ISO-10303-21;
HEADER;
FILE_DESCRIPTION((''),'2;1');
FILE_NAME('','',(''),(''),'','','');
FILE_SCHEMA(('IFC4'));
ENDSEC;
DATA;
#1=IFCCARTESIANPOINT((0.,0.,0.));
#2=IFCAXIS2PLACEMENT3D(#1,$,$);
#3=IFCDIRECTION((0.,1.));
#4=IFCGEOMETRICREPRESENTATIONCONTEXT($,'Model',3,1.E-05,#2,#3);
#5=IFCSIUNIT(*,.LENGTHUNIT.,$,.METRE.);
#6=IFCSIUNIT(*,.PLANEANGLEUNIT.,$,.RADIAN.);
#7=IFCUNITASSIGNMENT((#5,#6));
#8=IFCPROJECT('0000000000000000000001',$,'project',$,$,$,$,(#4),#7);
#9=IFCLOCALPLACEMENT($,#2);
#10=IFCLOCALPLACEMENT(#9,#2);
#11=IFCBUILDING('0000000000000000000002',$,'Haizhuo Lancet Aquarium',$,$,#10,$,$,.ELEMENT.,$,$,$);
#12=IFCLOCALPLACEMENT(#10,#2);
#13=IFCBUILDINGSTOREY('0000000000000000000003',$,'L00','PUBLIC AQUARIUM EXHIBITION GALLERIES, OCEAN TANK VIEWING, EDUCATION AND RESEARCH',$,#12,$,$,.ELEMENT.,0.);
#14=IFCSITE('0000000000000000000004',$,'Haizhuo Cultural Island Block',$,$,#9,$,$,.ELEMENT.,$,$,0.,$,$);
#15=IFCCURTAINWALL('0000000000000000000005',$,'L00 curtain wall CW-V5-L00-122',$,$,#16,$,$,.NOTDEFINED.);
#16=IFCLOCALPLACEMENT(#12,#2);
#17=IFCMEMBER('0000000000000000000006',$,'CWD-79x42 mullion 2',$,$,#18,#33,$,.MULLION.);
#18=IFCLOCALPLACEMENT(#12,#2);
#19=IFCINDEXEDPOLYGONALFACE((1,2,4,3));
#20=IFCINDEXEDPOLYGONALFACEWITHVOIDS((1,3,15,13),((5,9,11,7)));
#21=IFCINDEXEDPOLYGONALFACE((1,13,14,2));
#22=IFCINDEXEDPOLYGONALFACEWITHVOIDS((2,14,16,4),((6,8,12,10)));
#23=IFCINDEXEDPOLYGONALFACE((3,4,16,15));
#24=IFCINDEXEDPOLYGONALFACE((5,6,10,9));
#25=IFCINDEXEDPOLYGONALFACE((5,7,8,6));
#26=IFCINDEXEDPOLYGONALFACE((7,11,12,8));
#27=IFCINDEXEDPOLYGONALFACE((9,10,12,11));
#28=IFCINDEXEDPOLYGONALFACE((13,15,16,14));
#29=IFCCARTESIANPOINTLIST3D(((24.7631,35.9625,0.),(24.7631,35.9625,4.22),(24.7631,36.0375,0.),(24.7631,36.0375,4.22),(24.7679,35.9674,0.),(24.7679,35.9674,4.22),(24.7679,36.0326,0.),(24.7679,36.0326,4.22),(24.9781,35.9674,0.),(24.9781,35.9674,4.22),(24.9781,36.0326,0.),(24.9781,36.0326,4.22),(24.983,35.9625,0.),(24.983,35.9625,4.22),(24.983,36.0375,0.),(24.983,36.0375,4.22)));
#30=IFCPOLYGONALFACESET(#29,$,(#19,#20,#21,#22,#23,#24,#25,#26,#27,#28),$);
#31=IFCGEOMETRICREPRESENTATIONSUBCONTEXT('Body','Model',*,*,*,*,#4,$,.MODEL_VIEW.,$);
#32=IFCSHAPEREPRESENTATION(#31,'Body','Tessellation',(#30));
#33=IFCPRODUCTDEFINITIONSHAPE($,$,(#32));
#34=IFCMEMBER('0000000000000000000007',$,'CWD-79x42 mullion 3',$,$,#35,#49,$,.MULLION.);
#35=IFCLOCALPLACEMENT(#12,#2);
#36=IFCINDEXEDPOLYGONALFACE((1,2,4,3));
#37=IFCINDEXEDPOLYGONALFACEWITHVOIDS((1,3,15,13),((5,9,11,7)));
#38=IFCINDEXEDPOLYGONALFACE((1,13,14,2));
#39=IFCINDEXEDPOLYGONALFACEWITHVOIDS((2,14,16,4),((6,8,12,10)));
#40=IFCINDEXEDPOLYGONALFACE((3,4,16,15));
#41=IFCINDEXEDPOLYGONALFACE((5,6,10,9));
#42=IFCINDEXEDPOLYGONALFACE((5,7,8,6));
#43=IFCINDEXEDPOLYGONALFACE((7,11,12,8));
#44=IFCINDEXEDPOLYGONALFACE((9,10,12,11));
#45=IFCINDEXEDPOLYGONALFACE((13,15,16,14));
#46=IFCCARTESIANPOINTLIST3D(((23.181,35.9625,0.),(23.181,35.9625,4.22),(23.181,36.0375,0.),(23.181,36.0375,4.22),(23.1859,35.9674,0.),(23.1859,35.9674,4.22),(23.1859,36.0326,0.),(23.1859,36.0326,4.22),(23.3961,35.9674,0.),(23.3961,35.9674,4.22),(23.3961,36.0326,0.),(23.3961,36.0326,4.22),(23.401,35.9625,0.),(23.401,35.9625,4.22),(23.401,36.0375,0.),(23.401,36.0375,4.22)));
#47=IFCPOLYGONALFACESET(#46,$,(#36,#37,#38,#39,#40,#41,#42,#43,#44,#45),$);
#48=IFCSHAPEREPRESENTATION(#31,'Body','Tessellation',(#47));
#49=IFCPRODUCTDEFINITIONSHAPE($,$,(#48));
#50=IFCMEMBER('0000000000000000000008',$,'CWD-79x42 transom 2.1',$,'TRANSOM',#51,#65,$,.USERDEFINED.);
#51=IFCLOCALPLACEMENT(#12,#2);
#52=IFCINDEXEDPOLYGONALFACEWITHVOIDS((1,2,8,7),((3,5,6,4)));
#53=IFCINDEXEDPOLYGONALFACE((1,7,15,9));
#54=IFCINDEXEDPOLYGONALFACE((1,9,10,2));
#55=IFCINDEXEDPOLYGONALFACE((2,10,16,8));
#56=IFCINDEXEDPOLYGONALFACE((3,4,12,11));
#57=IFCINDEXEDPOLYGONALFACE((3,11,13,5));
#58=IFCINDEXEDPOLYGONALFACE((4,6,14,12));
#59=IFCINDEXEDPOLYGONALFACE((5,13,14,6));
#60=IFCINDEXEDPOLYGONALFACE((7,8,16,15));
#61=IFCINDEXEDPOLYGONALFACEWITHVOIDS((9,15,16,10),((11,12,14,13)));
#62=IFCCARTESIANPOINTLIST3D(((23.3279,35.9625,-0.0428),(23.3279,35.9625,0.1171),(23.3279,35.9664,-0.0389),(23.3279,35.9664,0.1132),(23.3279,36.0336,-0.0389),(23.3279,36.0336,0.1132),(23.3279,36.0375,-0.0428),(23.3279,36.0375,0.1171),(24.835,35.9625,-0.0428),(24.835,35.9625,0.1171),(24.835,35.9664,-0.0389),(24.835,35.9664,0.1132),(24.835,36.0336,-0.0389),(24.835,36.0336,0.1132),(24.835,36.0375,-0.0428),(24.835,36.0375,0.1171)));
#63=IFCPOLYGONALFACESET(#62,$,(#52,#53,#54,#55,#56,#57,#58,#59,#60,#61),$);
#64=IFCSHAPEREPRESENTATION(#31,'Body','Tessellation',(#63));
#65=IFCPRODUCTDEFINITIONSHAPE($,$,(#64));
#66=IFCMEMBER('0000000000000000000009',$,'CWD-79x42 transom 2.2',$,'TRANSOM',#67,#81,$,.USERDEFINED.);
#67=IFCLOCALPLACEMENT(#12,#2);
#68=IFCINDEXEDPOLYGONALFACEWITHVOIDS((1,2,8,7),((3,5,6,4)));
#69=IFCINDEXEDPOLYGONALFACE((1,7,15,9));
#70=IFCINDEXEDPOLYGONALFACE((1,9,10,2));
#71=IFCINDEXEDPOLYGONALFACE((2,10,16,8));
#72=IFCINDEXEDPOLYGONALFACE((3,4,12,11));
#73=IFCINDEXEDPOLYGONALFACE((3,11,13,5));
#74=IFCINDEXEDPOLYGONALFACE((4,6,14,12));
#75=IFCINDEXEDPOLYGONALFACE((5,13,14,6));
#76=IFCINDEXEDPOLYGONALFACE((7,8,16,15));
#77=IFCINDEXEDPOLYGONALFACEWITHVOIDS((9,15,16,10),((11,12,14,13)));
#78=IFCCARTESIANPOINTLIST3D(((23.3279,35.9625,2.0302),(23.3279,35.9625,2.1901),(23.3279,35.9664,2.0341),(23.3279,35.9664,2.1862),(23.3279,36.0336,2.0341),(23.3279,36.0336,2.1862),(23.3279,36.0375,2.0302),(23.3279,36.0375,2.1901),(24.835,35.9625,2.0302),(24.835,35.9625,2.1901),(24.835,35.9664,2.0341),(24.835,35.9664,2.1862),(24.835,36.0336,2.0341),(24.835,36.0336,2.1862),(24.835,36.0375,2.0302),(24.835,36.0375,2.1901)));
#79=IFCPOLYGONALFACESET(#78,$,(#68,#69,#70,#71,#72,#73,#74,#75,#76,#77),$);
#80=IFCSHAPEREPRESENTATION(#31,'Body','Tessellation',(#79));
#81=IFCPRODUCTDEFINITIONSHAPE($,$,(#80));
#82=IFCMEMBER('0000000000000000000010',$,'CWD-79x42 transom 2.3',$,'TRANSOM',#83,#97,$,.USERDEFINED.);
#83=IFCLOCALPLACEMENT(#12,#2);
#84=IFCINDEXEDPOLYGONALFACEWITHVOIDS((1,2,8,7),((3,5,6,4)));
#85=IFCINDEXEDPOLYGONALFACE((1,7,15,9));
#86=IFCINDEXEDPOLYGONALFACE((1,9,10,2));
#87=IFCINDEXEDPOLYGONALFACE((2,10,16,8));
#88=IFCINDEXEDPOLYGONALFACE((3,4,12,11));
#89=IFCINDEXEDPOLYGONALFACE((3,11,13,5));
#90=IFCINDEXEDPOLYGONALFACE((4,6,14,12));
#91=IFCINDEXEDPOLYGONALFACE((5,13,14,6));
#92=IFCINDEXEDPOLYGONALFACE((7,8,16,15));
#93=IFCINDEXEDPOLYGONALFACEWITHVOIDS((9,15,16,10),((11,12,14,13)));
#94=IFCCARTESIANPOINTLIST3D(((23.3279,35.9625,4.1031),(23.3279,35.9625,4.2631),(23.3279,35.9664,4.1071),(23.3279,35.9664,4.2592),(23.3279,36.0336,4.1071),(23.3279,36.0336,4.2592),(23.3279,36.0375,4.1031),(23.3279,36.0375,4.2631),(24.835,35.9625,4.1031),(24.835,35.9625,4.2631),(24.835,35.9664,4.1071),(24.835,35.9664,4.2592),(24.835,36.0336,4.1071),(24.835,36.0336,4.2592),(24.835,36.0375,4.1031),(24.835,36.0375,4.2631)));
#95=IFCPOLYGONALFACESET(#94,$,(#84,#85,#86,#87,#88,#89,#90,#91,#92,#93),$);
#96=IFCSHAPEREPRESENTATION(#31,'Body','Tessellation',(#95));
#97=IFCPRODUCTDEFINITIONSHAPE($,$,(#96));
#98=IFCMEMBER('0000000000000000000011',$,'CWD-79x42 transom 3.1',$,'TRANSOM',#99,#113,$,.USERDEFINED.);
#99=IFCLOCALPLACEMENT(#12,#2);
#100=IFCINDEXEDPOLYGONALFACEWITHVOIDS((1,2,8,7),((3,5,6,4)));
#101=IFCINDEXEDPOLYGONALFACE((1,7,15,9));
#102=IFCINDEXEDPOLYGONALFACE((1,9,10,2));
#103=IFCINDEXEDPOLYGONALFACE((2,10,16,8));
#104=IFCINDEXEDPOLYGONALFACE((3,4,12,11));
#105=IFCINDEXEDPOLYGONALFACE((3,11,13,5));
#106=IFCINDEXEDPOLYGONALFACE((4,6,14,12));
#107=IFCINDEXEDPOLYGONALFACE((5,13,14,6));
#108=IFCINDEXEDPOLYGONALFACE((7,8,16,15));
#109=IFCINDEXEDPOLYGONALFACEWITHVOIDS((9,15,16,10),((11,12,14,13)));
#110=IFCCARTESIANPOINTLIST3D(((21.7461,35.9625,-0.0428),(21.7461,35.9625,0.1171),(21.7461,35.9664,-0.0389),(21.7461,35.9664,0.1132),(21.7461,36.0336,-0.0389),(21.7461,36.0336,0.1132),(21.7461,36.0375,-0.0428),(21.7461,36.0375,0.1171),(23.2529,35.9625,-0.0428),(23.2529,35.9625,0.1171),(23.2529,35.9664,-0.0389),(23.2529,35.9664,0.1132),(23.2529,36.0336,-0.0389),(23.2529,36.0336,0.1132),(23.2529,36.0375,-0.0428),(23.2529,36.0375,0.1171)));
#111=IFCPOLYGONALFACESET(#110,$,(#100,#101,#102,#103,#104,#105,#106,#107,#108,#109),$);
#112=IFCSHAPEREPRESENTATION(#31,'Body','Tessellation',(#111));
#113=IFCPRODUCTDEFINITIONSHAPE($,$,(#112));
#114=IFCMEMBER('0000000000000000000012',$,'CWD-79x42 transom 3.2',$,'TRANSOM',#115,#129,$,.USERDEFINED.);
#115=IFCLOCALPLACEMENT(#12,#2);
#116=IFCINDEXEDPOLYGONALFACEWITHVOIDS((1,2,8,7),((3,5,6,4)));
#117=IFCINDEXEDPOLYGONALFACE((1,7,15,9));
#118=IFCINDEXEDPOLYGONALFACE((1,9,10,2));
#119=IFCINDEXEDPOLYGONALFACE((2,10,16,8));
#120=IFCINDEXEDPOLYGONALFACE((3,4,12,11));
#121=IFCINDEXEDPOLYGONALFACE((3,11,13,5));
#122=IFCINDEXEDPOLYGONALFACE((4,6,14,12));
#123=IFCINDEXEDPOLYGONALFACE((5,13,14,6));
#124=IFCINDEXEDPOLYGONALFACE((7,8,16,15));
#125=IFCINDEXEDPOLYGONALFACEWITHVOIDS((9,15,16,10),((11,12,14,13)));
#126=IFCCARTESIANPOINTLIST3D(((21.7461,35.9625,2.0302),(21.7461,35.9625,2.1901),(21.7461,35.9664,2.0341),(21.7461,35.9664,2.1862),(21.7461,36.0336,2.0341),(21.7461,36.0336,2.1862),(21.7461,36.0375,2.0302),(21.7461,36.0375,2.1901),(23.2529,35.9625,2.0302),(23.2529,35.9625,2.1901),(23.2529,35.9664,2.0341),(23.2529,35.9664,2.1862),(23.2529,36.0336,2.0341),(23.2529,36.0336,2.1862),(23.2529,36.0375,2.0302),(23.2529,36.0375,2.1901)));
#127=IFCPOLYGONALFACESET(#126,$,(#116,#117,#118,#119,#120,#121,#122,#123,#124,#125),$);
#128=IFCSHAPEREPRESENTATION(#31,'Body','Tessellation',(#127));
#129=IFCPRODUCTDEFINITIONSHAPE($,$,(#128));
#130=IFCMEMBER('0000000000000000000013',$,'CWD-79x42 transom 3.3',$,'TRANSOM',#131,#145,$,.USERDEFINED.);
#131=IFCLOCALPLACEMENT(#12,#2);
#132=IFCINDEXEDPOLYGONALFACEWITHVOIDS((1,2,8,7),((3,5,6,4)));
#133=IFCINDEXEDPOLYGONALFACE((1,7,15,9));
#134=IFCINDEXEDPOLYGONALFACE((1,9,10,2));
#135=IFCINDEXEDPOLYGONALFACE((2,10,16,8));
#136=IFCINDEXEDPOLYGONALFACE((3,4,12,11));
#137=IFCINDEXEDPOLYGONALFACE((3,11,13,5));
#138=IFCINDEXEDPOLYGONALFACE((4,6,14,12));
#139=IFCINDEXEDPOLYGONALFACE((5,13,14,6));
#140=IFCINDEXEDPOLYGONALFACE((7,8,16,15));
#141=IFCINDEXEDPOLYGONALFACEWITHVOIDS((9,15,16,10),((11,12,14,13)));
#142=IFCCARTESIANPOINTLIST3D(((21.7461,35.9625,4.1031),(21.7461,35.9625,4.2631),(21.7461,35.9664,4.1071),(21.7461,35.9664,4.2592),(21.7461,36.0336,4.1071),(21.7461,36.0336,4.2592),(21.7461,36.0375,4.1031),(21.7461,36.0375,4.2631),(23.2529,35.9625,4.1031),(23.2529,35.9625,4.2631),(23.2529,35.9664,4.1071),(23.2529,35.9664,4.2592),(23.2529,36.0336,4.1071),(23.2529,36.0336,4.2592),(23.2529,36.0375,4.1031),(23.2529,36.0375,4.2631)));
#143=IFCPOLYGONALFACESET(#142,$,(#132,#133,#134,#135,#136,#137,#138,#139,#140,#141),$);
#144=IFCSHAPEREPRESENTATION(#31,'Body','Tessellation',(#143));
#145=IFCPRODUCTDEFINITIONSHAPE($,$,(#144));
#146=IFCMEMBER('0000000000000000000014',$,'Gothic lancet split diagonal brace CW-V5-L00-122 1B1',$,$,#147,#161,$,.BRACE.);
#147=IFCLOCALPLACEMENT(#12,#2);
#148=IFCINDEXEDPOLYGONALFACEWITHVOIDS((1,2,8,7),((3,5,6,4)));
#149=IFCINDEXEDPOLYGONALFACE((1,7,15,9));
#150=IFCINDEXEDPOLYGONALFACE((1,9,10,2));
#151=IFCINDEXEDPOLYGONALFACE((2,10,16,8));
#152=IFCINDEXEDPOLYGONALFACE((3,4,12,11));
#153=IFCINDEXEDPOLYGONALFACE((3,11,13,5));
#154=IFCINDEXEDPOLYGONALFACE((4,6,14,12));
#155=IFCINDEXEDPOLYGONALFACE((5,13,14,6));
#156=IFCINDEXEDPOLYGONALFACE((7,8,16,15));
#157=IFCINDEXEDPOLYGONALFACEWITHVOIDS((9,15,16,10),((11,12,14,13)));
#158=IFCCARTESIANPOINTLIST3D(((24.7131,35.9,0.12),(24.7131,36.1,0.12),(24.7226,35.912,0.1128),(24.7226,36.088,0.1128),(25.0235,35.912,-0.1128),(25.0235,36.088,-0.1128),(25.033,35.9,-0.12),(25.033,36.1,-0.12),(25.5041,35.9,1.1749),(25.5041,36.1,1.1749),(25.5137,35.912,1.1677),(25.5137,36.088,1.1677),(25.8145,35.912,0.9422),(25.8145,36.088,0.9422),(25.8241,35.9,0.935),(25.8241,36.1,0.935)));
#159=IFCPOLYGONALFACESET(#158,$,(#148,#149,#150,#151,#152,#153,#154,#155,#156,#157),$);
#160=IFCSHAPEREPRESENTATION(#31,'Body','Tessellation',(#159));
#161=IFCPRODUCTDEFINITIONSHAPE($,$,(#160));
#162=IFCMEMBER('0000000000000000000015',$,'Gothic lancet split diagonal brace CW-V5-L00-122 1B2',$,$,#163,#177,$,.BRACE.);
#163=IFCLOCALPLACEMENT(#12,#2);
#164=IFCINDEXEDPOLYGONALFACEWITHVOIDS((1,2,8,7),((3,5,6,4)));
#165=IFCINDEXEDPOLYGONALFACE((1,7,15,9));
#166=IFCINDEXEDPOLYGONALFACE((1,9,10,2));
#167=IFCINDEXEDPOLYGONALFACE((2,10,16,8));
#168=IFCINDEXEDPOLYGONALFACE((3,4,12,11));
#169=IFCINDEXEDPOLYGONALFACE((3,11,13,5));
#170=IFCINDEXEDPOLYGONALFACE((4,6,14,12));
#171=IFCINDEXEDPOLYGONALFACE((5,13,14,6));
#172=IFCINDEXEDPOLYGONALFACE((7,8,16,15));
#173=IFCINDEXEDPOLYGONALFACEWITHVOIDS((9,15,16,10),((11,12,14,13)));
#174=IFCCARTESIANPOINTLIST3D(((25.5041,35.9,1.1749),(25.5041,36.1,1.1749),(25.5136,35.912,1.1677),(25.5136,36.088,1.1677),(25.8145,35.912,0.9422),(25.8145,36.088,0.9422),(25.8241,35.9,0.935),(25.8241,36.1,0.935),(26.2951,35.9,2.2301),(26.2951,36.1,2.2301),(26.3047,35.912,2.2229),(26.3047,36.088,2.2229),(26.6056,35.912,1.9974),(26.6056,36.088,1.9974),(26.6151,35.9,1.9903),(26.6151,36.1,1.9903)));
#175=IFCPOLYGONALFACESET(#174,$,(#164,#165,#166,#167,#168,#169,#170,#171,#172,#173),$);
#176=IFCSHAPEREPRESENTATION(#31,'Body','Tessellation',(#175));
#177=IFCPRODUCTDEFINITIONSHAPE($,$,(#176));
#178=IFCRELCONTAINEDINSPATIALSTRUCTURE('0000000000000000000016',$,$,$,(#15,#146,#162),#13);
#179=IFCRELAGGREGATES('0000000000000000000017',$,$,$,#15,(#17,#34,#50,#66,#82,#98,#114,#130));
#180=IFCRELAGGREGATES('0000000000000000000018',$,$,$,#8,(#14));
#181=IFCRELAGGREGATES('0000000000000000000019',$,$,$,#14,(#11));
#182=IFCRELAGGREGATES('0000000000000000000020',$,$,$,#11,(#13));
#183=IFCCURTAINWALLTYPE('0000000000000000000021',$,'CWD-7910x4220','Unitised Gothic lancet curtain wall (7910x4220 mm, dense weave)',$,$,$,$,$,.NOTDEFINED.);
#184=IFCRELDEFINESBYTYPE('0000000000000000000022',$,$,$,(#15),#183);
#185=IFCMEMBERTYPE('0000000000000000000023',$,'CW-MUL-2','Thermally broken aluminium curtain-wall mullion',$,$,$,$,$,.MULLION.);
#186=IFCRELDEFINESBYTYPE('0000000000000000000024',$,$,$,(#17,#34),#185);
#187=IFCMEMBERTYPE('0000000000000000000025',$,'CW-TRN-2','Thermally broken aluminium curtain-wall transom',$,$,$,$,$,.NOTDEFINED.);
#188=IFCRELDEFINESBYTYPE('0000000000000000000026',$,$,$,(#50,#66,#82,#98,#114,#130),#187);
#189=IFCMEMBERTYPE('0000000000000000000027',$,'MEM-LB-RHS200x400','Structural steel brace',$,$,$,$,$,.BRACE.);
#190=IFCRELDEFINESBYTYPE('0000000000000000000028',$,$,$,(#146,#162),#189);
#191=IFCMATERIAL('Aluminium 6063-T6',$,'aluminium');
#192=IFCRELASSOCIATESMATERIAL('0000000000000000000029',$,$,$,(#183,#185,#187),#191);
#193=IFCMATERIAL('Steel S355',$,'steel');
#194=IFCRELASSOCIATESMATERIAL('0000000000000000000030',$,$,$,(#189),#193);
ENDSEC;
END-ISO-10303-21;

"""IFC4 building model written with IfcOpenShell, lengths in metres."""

from ifc_helpers import new_model, si_unit, direction, frame, origin, origin_2d, place, context, subcontext, project, spatial, hollow_rectangle, extrude, material, material_profile, profile_set, type_object, element, aggregate, save


model = new_model("IFC4")

# Units and contexts
model_context = context("Model", 3, precision=1e-05, world=origin(), true_north=direction((0.0, 1.0)))
body_context = subcontext(model_context, "Body", "Model", "MODEL_VIEW")
ifc_project = project(units=[si_unit("LENGTHUNIT", "METRE"), si_unit("PLANEANGLEUNIT", "RADIAN")], contexts=[model_context])

# Site, building, storey
site_placement = place(None, origin())
site = spatial("IfcSite", under=ifc_project, at=site_placement, Name="Haizhuo Cultural Island Block", CompositionType="ELEMENT", RefElevation=0.0)
building_placement = place(site_placement, origin())
building = spatial("IfcBuilding", under=site, at=building_placement, Name="Haizhuo Lancet Aquarium", CompositionType="ELEMENT")
storey_placement = place(building_placement, origin())
storey = spatial("IfcBuildingStorey", under=building, at=storey_placement, Name="L00", Description="PUBLIC AQUARIUM EXHIBITION GALLERIES, OCEAN TANK VIEWING, EDUCATION AND RESEARCH", CompositionType="ELEMENT", Elevation=0.0)

# Curtain wall, members
ifc_material_1 = material(Name="Aluminium 6063-T6", Category="aluminium")
curtain_wall_type = type_object("IfcCurtainWallType", Name="CWD-7910x4220", Description="Unitised Gothic lancet curtain wall (7910x4220 mm, dense weave)", PredefinedType="NOTDEFINED", material=ifc_material_1)
curtain_wall_placement = place(storey_placement, origin())
curtain_wall = element("IfcCurtainWall", 1, at=curtain_wall_placement, inside=storey, type_object=curtain_wall_type, Name="L00 curtain wall CW-V5-L00-122", PredefinedType="NOTDEFINED")
ifc_material_profile_1 = material_profile(ifc_material_1, hollow_rectangle(XDim=0.075, YDim=0.22, WallThickness=0.0049, at=origin_2d()), Name="ALU-M 75x220x5")
ifc_profile_set_1 = profile_set([ifc_material_profile_1], Name="Aluminium 6063-T6")
member_type_1 = type_object("IfcMemberType", Name="CW-MUL-2", Description="Thermally broken aluminium curtain-wall mullion", PredefinedType="MULLION", material=ifc_profile_set_1)
member_1_placement = place(storey_placement, frame((24.873, 36.0, 0.0), z_axis=(0.0, 0.0, 1.0), x_axis=(0.0, -1.0, 0.0)))
member_1 = element("IfcMember", 2, at=member_1_placement, type_object=member_type_1, Name="CWD-79x42 mullion 2", PredefinedType="MULLION", context=body_context, shape_type="SweptSolid", body=[
    extrude(hollow_rectangle(XDim=0.075, YDim=0.22, WallThickness=0.0049, at=origin_2d()), origin(), (0.0, 0.0, 1.0), 4.22),
])
member_2_placement = place(storey_placement, frame((23.291, 36.0, 0.0), z_axis=(0.0, 0.0, 1.0), x_axis=(0.0, -1.0, 0.0)))
member_2 = element("IfcMember", 3, at=member_2_placement, type_object=member_type_1, Name="CWD-79x42 mullion 3", PredefinedType="MULLION", context=body_context, shape_type="SweptSolid", body=[
    extrude(hollow_rectangle(XDim=0.075, YDim=0.22, WallThickness=0.0049, at=origin_2d()), origin(), (0.0, 0.0, 1.0), 4.22),
])
ifc_material_profile_2 = material_profile(ifc_material_1, hollow_rectangle(XDim=0.075, YDim=0.1599, WallThickness=0.0039, at=origin_2d()), Name="ALU-T 75x160x4")
ifc_profile_set_2 = profile_set([ifc_material_profile_2], Name="Aluminium 6063-T6")
member_type_2 = type_object("IfcMemberType", Name="CW-TRN-2", Description="Thermally broken aluminium curtain-wall transom", PredefinedType="NOTDEFINED", material=ifc_profile_set_2)
member_3_placement = place(storey_placement, frame((24.835, 36.0, 0.0371), z_axis=(-1.0, 0.0, 0.0), x_axis=(0.0, -1.0, 0.0)))
member_3 = element("IfcMember", 4, at=member_3_placement, type_object=member_type_2, Name="CWD-79x42 transom 2.1", ObjectType="TRANSOM", PredefinedType="USERDEFINED", context=body_context, shape_type="SweptSolid", body=[
    extrude(hollow_rectangle(XDim=0.075, YDim=0.1599, WallThickness=0.0039, at=origin_2d()), origin(), (0.0, 0.0, 1.0), 1.5071),
])
member_4_placement = place(storey_placement, frame((24.835, 36.0, 2.1101), z_axis=(-1.0, 0.0, 0.0), x_axis=(0.0, -1.0, 0.0)))
member_4 = element("IfcMember", 5, at=member_4_placement, type_object=member_type_2, Name="CWD-79x42 transom 2.2", ObjectType="TRANSOM", PredefinedType="USERDEFINED", context=body_context, shape_type="SweptSolid", body=[
    extrude(hollow_rectangle(XDim=0.075, YDim=0.1599, WallThickness=0.0039, at=origin_2d()), origin(), (0.0, 0.0, 1.0), 1.5071),
])
member_5_placement = place(storey_placement, frame((24.835, 36.0, 4.1831), z_axis=(-1.0, 0.0, 0.0), x_axis=(0.0, -1.0, 0.0)))
member_5 = element("IfcMember", 6, at=member_5_placement, type_object=member_type_2, Name="CWD-79x42 transom 2.3", ObjectType="TRANSOM", PredefinedType="USERDEFINED", context=body_context, shape_type="SweptSolid", body=[
    extrude(hollow_rectangle(XDim=0.075, YDim=0.1599, WallThickness=0.0039, at=origin_2d()), origin(), (0.0, 0.0, 1.0), 1.5071),
])
member_6_placement = place(storey_placement, frame((23.2529, 36.0, 0.0371), z_axis=(-1.0, 0.0, 0.0), x_axis=(0.0, -1.0, 0.0)))
member_6 = element("IfcMember", 7, at=member_6_placement, type_object=member_type_2, Name="CWD-79x42 transom 3.1", ObjectType="TRANSOM", PredefinedType="USERDEFINED", context=body_context, shape_type="SweptSolid", body=[
    extrude(hollow_rectangle(XDim=0.075, YDim=0.1599, WallThickness=0.0039, at=origin_2d()), origin(), (0.0, 0.0, 1.0), 1.5068),
])
member_7_placement = place(storey_placement, frame((23.2529, 36.0, 2.1101), z_axis=(-1.0, 0.0, 0.0), x_axis=(0.0, -1.0, 0.0)))
member_7 = element("IfcMember", 8, at=member_7_placement, type_object=member_type_2, Name="CWD-79x42 transom 3.2", ObjectType="TRANSOM", PredefinedType="USERDEFINED", context=body_context, shape_type="SweptSolid", body=[
    extrude(hollow_rectangle(XDim=0.075, YDim=0.1599, WallThickness=0.0039, at=origin_2d()), origin(), (0.0, 0.0, 1.0), 1.5068),
])
member_8_placement = place(storey_placement, frame((23.2529, 36.0, 4.1831), z_axis=(-1.0, 0.0, 0.0), x_axis=(0.0, -1.0, 0.0)))
member_8 = element("IfcMember", 9, at=member_8_placement, type_object=member_type_2, Name="CWD-79x42 transom 3.3", ObjectType="TRANSOM", PredefinedType="USERDEFINED", context=body_context, shape_type="SweptSolid", body=[
    extrude(hollow_rectangle(XDim=0.075, YDim=0.1599, WallThickness=0.0039, at=origin_2d()), origin(), (0.0, 0.0, 1.0), 1.5068),
])

# Members
ifc_material_2 = material(Name="Steel S355", Category="steel")
ifc_material_profile_3 = material_profile(ifc_material_2, hollow_rectangle(XDim=0.2, YDim=0.3999, WallThickness=0.012, at=origin_2d()), Name="RHS 200x400x12")
ifc_profile_set_3 = profile_set([ifc_material_profile_3], Name="Steel S355")
member_type_3 = type_object("IfcMemberType", Name="MEM-LB-RHS200x400", Description="Structural steel brace", PredefinedType="BRACE", material=ifc_profile_set_3)
member_9_placement = place(storey_placement, frame((24.873, 36.0, 0.0), z_axis=(0.599911, 0.0, 0.800067), x_axis=(0.0, 1.0, 0.0)))
element("IfcMember", 10, at=member_9_placement, inside=storey, type_object=member_type_3, Name="Gothic lancet split diagonal brace CW-V5-L00-122 1B1", PredefinedType="BRACE", context=body_context, shape_type="SweptSolid", body=[
    extrude(hollow_rectangle(XDim=0.2, YDim=0.3999, WallThickness=0.012, at=origin_2d()), origin(), (0.0, 0.0, 1.0), 1.3186),
])
member_10_placement = place(storey_placement, frame((25.6641, 36.0, 1.0549), z_axis=(0.599822, 0.0, 0.800133), x_axis=(0.0, 1.0, 0.0)))
element("IfcMember", 11, at=member_10_placement, inside=storey, type_object=member_type_3, Name="Gothic lancet split diagonal brace CW-V5-L00-122 1B2", PredefinedType="BRACE", context=body_context, shape_type="SweptSolid", body=[
    extrude(hollow_rectangle(XDim=0.2, YDim=0.3999, WallThickness=0.012, at=origin_2d()), origin(), (0.0, 0.0, 1.0), 1.3188),
])

aggregate(curtain_wall, [member_1, member_2, member_3, member_4, member_5, member_6, member_7, member_8])

save(model, "model.ifc")
